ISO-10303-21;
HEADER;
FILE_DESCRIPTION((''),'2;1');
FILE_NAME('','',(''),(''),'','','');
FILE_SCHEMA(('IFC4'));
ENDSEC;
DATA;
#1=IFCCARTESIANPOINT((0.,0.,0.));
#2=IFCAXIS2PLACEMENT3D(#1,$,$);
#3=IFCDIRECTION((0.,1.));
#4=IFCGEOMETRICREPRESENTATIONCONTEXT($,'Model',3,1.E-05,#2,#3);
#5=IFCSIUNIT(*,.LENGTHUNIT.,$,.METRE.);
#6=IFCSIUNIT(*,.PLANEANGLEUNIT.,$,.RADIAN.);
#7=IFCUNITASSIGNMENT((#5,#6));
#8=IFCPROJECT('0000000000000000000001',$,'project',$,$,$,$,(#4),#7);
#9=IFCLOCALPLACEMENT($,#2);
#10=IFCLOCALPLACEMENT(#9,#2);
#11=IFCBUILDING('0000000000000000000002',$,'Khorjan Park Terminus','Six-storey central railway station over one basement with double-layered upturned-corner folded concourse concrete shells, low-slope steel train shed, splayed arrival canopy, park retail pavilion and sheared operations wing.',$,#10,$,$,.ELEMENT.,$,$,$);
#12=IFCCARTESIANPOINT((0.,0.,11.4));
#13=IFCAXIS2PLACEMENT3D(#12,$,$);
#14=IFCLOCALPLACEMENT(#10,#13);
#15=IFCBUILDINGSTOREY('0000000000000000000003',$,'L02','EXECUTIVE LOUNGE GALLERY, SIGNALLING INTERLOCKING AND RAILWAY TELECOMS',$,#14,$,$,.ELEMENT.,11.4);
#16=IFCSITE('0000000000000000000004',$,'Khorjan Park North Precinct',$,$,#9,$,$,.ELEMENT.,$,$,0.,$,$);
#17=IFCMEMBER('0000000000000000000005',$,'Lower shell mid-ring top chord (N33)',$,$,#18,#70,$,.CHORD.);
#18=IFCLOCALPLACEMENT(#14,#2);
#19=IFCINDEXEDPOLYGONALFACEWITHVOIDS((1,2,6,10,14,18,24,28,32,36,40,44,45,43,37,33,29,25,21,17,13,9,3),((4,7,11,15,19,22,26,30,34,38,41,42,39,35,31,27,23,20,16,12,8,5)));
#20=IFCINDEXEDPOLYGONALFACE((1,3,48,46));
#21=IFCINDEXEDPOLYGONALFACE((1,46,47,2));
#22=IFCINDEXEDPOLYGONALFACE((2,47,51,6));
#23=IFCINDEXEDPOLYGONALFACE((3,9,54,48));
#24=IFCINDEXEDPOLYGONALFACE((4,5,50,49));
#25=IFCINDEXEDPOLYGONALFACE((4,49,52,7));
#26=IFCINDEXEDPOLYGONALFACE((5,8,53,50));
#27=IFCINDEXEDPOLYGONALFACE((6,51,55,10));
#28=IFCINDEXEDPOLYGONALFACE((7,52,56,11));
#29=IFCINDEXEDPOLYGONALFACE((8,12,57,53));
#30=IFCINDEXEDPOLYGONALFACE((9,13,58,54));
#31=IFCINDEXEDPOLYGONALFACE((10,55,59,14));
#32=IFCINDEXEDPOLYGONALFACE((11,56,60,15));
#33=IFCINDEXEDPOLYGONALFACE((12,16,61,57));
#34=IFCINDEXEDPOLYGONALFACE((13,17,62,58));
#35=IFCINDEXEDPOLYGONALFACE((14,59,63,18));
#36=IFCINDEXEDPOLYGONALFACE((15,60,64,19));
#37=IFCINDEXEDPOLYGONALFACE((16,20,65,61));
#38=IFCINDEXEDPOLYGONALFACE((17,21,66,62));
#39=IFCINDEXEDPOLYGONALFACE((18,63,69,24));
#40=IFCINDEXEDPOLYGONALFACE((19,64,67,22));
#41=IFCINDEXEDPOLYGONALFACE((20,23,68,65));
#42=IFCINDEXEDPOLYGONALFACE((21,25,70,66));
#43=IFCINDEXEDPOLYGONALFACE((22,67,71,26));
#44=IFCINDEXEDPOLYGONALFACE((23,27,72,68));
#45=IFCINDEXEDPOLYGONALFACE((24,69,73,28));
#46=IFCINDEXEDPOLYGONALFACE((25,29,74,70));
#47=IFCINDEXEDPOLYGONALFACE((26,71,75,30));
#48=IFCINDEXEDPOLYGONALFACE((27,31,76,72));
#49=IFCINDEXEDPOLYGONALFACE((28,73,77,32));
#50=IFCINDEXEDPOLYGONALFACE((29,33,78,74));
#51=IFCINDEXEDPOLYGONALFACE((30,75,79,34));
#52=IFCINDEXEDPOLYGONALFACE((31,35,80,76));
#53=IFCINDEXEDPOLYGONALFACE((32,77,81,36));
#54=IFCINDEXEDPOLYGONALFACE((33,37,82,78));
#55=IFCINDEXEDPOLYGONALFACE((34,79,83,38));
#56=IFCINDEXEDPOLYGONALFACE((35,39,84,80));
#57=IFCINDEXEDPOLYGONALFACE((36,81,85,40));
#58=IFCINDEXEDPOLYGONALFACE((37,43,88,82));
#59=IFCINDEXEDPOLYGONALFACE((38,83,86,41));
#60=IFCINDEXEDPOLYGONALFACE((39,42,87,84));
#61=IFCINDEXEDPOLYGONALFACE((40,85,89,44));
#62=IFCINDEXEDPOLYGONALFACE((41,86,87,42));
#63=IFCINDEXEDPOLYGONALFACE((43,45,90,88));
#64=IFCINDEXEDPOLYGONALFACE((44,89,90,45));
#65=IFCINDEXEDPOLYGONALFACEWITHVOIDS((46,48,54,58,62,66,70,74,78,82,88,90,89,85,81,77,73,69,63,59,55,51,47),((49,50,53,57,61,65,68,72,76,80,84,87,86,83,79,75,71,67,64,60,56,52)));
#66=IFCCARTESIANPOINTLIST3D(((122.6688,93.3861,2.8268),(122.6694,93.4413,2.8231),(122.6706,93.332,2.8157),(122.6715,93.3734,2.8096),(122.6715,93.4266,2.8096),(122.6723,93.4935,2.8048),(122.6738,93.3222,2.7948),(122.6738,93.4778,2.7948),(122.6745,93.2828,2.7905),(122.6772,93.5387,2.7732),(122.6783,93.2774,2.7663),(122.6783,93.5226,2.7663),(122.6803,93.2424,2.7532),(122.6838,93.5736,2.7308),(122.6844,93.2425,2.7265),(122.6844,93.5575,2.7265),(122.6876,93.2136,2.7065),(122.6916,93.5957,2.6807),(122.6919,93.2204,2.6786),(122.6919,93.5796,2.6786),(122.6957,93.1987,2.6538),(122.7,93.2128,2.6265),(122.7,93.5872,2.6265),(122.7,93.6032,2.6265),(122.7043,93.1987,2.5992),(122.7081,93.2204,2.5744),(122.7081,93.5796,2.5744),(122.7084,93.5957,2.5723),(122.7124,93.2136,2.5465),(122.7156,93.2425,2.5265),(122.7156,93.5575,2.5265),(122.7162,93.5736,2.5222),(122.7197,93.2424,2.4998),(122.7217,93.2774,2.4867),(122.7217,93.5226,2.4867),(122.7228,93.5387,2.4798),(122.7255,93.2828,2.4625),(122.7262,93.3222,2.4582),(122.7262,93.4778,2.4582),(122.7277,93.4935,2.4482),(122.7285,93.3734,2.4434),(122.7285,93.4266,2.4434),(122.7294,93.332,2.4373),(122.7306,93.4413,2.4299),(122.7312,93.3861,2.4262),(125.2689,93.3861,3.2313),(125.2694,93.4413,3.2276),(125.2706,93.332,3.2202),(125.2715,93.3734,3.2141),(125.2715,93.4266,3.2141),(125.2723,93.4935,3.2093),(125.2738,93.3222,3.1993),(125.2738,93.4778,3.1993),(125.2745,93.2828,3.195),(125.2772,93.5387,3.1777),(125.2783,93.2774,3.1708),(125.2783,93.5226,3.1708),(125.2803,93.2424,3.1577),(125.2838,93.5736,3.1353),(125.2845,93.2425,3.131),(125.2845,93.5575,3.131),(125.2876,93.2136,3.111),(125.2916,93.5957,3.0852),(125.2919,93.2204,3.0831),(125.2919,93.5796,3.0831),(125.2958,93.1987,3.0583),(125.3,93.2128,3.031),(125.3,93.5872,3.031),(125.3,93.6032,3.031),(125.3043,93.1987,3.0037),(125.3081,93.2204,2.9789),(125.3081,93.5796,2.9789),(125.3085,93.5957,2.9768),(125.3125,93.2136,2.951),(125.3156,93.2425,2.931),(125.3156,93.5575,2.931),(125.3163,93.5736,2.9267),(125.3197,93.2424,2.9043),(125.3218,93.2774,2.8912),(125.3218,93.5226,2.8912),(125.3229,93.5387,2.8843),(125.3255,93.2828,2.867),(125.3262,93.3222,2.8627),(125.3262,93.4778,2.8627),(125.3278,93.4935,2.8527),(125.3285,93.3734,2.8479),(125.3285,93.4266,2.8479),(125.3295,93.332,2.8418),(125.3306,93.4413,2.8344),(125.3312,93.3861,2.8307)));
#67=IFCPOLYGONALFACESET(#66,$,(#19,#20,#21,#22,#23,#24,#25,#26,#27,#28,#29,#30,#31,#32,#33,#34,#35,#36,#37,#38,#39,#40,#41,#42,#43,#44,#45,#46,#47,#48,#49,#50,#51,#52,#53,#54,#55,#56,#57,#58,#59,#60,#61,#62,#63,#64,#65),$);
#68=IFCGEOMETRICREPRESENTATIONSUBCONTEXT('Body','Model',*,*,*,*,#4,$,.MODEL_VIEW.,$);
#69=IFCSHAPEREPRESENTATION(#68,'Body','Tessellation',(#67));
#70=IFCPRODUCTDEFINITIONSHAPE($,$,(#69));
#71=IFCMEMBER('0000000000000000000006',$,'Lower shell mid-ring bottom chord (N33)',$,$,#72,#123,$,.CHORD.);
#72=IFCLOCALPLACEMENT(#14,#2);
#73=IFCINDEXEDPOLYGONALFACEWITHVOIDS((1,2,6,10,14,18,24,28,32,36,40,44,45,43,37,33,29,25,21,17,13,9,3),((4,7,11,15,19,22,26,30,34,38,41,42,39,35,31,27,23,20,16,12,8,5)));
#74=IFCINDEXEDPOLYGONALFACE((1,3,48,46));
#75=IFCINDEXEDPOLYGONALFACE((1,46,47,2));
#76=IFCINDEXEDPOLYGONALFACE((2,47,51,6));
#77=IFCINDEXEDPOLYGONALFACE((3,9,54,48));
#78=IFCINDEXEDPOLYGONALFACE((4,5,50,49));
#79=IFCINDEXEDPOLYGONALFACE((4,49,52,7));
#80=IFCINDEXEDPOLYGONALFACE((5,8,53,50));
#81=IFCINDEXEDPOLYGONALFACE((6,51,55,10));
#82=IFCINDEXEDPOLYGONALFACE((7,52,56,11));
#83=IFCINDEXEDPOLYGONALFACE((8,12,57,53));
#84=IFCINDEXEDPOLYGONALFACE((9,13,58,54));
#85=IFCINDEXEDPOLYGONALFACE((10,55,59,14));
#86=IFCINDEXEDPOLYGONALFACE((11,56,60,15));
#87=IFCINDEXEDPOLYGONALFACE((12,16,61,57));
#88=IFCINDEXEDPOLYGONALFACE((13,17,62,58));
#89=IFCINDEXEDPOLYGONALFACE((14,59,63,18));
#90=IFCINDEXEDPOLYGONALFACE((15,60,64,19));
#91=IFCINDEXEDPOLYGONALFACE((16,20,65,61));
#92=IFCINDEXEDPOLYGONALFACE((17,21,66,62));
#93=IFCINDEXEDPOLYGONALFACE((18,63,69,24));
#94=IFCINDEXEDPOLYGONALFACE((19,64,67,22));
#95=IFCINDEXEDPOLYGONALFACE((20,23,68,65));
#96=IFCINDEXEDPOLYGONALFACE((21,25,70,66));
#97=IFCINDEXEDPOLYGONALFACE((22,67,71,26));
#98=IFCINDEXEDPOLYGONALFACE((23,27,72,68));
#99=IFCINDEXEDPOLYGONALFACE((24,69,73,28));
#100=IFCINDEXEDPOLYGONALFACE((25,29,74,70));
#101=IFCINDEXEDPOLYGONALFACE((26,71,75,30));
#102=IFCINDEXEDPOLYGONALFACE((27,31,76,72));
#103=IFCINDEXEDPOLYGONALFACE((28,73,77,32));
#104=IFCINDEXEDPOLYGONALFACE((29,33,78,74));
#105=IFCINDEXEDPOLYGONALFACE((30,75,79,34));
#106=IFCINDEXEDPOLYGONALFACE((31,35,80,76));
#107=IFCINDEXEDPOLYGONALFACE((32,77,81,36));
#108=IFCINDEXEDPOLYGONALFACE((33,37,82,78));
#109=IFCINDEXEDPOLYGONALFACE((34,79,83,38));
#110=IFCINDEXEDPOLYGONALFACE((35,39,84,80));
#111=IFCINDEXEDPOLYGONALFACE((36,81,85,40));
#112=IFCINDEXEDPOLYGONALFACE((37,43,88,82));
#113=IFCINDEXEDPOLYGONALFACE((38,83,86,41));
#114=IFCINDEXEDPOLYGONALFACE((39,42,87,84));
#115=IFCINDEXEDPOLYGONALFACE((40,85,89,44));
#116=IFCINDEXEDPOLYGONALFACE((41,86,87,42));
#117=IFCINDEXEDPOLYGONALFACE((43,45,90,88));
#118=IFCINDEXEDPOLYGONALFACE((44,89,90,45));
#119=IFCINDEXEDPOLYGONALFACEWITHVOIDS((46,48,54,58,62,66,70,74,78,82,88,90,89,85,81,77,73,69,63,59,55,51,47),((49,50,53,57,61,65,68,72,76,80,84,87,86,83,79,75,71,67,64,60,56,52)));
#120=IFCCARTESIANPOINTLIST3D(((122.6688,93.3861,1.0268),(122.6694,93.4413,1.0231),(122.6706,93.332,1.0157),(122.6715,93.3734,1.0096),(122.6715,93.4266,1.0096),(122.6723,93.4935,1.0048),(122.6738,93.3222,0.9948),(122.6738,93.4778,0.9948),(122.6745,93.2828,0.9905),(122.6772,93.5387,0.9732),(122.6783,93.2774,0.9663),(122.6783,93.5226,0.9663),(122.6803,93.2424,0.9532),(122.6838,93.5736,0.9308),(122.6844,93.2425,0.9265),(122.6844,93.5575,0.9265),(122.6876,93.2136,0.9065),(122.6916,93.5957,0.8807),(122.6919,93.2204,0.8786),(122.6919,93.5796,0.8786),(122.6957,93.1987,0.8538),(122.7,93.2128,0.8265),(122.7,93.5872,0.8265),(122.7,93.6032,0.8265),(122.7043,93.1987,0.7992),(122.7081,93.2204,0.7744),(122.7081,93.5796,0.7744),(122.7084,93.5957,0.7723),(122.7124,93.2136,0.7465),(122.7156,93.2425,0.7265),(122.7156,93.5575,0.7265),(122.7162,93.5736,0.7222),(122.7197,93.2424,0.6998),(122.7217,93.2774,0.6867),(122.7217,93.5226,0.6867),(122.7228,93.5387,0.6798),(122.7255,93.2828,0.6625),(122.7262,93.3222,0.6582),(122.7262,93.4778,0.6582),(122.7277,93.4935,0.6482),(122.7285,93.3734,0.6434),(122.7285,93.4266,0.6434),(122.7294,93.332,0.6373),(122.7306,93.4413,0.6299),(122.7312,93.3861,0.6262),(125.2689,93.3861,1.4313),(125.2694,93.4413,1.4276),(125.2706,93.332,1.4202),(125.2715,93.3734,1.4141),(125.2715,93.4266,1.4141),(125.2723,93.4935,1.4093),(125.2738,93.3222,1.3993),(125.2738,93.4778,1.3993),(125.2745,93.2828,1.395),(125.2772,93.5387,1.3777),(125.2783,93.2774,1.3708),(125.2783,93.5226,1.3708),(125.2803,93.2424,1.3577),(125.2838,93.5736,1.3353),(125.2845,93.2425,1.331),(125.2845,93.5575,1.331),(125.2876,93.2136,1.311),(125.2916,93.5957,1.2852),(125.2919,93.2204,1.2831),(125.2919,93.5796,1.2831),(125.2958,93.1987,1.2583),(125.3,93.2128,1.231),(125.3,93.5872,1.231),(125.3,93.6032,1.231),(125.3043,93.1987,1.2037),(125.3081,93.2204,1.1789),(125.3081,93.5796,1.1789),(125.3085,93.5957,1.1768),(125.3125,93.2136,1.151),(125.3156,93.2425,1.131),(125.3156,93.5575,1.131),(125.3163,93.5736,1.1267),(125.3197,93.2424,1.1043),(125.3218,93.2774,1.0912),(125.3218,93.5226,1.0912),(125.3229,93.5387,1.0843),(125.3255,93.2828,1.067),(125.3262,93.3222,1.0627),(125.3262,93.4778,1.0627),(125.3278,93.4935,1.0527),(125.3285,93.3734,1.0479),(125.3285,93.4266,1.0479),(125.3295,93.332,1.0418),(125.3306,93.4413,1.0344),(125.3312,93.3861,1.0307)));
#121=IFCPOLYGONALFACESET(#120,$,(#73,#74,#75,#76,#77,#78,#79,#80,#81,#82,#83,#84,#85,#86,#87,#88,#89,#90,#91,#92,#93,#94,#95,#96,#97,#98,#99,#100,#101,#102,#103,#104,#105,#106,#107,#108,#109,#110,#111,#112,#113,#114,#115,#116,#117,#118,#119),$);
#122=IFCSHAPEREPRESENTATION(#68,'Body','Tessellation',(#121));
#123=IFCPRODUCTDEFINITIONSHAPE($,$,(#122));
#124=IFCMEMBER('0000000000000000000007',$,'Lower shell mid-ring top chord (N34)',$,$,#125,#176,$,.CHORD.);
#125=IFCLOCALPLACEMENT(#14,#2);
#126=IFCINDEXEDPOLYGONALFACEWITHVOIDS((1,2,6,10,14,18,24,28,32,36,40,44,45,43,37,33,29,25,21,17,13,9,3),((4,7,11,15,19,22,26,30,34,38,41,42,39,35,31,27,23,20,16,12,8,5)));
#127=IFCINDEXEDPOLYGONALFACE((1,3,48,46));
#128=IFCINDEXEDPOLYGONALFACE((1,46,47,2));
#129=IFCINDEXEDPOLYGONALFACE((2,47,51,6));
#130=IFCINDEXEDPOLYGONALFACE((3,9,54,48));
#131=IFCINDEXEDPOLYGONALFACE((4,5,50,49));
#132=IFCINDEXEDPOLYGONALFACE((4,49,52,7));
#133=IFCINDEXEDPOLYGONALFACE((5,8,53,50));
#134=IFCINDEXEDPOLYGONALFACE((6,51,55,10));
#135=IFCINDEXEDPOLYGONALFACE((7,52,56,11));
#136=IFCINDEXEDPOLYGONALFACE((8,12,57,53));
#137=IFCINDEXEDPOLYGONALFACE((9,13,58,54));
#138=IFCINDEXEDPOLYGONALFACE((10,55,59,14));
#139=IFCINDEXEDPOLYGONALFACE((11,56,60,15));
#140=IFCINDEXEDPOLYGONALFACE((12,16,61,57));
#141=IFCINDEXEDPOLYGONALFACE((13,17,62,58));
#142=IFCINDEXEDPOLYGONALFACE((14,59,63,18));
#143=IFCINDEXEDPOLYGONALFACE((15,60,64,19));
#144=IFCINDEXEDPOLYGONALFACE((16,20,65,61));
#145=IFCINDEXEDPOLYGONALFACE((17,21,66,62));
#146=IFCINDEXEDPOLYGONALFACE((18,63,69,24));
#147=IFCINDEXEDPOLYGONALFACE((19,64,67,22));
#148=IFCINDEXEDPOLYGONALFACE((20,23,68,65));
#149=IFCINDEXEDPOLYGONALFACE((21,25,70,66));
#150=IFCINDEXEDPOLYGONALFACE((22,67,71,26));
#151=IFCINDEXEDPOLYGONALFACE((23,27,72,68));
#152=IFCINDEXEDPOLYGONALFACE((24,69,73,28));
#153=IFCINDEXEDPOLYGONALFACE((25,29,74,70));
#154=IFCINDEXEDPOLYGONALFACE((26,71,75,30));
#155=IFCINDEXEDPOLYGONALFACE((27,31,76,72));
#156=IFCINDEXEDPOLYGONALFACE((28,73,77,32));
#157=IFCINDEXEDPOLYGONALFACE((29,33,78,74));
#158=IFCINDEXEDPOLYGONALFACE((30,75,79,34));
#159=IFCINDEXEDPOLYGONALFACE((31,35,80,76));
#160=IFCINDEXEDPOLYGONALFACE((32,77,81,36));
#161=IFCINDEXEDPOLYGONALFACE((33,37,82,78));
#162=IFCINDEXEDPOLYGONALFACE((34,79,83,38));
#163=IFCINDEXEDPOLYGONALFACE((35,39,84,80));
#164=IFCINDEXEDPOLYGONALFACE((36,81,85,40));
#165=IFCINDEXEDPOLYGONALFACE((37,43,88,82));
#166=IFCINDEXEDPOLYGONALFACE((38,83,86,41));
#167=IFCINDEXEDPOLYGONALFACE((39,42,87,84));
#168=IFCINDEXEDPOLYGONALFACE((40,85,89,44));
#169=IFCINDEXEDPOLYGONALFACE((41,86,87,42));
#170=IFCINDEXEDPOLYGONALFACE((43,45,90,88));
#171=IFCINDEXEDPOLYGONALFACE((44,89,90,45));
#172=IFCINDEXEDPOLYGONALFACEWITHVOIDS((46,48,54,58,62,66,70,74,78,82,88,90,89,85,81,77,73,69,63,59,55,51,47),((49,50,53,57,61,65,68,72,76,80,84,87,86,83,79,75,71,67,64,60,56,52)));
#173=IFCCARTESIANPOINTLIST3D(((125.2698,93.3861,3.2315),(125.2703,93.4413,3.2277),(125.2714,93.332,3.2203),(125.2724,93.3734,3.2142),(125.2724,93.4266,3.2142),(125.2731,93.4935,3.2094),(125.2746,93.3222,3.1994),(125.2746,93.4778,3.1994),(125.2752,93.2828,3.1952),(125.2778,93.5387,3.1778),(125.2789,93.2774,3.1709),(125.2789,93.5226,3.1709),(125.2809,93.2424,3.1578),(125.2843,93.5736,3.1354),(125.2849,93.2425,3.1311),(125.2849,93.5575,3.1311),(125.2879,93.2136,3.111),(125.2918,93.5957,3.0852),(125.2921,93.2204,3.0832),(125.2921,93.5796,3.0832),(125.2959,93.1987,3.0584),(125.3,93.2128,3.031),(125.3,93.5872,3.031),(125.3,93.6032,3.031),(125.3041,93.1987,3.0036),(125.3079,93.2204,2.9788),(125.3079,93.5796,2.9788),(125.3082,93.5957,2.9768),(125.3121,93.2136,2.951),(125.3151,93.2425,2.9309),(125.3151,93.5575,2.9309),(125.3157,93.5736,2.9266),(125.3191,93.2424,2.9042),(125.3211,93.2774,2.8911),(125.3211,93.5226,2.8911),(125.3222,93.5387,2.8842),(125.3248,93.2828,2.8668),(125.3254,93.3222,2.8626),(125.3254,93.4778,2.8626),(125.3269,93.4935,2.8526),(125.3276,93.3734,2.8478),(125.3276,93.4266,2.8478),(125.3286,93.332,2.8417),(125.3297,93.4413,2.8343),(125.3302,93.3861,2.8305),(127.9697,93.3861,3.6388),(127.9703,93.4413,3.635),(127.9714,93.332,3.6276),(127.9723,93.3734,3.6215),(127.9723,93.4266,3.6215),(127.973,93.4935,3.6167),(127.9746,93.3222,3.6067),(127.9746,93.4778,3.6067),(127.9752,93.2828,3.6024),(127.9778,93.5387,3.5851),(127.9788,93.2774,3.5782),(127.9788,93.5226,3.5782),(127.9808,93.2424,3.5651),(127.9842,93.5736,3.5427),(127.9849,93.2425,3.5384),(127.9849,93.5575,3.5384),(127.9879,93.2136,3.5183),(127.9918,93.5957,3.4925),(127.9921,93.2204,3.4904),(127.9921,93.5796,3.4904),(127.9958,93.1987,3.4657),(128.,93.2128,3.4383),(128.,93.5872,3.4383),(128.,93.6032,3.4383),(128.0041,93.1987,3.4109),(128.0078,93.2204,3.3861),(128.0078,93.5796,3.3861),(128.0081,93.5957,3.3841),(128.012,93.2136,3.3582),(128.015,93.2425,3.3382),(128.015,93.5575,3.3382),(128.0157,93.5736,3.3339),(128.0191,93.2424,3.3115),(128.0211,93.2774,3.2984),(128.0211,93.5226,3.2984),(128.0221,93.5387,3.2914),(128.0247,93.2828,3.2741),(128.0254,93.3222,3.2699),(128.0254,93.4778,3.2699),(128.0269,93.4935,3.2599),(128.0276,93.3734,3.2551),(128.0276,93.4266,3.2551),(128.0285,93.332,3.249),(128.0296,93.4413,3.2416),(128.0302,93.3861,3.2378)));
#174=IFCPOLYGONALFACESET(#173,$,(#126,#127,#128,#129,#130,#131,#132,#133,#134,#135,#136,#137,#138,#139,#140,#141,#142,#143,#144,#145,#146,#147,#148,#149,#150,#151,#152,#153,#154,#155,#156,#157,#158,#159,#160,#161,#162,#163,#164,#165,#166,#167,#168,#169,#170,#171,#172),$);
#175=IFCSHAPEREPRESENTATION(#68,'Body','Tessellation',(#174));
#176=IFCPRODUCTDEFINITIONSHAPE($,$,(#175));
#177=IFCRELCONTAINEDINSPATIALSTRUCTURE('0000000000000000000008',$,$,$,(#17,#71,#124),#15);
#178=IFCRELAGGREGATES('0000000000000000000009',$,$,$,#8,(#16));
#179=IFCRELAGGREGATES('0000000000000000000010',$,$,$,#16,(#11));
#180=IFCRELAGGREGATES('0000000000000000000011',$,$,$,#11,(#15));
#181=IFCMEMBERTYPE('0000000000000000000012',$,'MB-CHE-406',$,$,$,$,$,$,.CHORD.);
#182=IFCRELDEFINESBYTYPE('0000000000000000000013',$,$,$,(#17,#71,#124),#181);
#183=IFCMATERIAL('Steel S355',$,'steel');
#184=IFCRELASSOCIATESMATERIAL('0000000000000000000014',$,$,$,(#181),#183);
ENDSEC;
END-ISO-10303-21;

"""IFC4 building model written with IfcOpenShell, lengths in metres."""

from ifc_helpers import new_model, si_unit, direction, frame, origin, origin_2d, place, context, subcontext, project, spatial, hollow_circle, extrude, material, material_profile, profile_set, type_object, element, save


model = new_model("IFC4")

# Units and contexts
model_context = context("Model", 3, precision=1e-05, world=origin(), true_north=direction((0.0, 1.0)))
body_context = subcontext(model_context, "Body", "Model", "MODEL_VIEW")
ifc_project = project(units=[si_unit("LENGTHUNIT", "METRE"), si_unit("PLANEANGLEUNIT", "RADIAN")], contexts=[model_context])

# Site, building, storey
site_placement = place(None, origin())
site = spatial("IfcSite", under=ifc_project, at=site_placement, Name="Khorjan Park North Precinct", CompositionType="ELEMENT", RefElevation=0.0)
building_placement = place(site_placement, origin())
building = spatial("IfcBuilding", under=site, at=building_placement, Name="Khorjan Park Terminus", Description="Six-storey central railway station over one basement with double-layered upturned-corner folded concourse concrete shells, low-slope steel train shed, splayed arrival canopy, park retail pavilion and sheared operations wing.", CompositionType="ELEMENT")
storey_placement = place(building_placement, frame((0.0, 0.0, 11.4)))
storey = spatial("IfcBuildingStorey", under=building, at=storey_placement, Name="L02", Description="EXECUTIVE LOUNGE GALLERY, SIGNALLING INTERLOCKING AND RAILWAY TELECOMS", CompositionType="ELEMENT", Elevation=11.4)

# Members
ifc_material_1 = material(Name="Steel S355", Category="steel")
ifc_material_profile_1 = material_profile(ifc_material_1, hollow_circle(Radius=0.2032, WallThickness=0.016, at=origin_2d()), Name="CHS 406.4x16")
ifc_profile_set_1 = profile_set([ifc_material_profile_1], Name="Steel S355")
member_type_1 = type_object("IfcMemberType", Name="MB-CHE-406", PredefinedType="CHORD", material=ifc_profile_set_1)
for number, where, z_axis, x_axis, name in (
    (1, (122.7, 93.4, 2.6265), (0.988113, 0.0, 0.153728), (0.0, 1.0, 0.0), "Lower shell mid-ring top chord (N33)"),
    (2, (122.7, 93.4, 0.8265), (0.988113, 0.0, 0.153728), (0.0, 1.0, 0.0), "Lower shell mid-ring bottom chord (N33)"),
):
    element("IfcMember", number, at=place(storey_placement, frame(where, z_axis=z_axis, x_axis=x_axis)), inside=storey, type_object=member_type_1, Name=name, PredefinedType="CHORD", context=body_context, shape_type="SweptSolid", body=[
        extrude(hollow_circle(Radius=0.2032, WallThickness=0.016, at=origin_2d()), origin(), (0.0, 0.0, 1.0), 2.6313),
    ])
for number, where, z_axis, x_axis, name in (
    (3, (125.3, 93.4, 3.031), (0.988812, 0.0, 0.149164), (0.0, 1.0, 0.0), "Lower shell mid-ring top chord (N34)"),
):
    element("IfcMember", number, at=place(storey_placement, frame(where, z_axis=z_axis, x_axis=x_axis)), inside=storey, type_object=member_type_1, Name=name, PredefinedType="CHORD", context=body_context, shape_type="SweptSolid", body=[
        extrude(hollow_circle(Radius=0.2032, WallThickness=0.016, at=origin_2d()), origin(), (0.0, 0.0, 1.0), 2.7305),
    ])

save(model, "model.ifc")
